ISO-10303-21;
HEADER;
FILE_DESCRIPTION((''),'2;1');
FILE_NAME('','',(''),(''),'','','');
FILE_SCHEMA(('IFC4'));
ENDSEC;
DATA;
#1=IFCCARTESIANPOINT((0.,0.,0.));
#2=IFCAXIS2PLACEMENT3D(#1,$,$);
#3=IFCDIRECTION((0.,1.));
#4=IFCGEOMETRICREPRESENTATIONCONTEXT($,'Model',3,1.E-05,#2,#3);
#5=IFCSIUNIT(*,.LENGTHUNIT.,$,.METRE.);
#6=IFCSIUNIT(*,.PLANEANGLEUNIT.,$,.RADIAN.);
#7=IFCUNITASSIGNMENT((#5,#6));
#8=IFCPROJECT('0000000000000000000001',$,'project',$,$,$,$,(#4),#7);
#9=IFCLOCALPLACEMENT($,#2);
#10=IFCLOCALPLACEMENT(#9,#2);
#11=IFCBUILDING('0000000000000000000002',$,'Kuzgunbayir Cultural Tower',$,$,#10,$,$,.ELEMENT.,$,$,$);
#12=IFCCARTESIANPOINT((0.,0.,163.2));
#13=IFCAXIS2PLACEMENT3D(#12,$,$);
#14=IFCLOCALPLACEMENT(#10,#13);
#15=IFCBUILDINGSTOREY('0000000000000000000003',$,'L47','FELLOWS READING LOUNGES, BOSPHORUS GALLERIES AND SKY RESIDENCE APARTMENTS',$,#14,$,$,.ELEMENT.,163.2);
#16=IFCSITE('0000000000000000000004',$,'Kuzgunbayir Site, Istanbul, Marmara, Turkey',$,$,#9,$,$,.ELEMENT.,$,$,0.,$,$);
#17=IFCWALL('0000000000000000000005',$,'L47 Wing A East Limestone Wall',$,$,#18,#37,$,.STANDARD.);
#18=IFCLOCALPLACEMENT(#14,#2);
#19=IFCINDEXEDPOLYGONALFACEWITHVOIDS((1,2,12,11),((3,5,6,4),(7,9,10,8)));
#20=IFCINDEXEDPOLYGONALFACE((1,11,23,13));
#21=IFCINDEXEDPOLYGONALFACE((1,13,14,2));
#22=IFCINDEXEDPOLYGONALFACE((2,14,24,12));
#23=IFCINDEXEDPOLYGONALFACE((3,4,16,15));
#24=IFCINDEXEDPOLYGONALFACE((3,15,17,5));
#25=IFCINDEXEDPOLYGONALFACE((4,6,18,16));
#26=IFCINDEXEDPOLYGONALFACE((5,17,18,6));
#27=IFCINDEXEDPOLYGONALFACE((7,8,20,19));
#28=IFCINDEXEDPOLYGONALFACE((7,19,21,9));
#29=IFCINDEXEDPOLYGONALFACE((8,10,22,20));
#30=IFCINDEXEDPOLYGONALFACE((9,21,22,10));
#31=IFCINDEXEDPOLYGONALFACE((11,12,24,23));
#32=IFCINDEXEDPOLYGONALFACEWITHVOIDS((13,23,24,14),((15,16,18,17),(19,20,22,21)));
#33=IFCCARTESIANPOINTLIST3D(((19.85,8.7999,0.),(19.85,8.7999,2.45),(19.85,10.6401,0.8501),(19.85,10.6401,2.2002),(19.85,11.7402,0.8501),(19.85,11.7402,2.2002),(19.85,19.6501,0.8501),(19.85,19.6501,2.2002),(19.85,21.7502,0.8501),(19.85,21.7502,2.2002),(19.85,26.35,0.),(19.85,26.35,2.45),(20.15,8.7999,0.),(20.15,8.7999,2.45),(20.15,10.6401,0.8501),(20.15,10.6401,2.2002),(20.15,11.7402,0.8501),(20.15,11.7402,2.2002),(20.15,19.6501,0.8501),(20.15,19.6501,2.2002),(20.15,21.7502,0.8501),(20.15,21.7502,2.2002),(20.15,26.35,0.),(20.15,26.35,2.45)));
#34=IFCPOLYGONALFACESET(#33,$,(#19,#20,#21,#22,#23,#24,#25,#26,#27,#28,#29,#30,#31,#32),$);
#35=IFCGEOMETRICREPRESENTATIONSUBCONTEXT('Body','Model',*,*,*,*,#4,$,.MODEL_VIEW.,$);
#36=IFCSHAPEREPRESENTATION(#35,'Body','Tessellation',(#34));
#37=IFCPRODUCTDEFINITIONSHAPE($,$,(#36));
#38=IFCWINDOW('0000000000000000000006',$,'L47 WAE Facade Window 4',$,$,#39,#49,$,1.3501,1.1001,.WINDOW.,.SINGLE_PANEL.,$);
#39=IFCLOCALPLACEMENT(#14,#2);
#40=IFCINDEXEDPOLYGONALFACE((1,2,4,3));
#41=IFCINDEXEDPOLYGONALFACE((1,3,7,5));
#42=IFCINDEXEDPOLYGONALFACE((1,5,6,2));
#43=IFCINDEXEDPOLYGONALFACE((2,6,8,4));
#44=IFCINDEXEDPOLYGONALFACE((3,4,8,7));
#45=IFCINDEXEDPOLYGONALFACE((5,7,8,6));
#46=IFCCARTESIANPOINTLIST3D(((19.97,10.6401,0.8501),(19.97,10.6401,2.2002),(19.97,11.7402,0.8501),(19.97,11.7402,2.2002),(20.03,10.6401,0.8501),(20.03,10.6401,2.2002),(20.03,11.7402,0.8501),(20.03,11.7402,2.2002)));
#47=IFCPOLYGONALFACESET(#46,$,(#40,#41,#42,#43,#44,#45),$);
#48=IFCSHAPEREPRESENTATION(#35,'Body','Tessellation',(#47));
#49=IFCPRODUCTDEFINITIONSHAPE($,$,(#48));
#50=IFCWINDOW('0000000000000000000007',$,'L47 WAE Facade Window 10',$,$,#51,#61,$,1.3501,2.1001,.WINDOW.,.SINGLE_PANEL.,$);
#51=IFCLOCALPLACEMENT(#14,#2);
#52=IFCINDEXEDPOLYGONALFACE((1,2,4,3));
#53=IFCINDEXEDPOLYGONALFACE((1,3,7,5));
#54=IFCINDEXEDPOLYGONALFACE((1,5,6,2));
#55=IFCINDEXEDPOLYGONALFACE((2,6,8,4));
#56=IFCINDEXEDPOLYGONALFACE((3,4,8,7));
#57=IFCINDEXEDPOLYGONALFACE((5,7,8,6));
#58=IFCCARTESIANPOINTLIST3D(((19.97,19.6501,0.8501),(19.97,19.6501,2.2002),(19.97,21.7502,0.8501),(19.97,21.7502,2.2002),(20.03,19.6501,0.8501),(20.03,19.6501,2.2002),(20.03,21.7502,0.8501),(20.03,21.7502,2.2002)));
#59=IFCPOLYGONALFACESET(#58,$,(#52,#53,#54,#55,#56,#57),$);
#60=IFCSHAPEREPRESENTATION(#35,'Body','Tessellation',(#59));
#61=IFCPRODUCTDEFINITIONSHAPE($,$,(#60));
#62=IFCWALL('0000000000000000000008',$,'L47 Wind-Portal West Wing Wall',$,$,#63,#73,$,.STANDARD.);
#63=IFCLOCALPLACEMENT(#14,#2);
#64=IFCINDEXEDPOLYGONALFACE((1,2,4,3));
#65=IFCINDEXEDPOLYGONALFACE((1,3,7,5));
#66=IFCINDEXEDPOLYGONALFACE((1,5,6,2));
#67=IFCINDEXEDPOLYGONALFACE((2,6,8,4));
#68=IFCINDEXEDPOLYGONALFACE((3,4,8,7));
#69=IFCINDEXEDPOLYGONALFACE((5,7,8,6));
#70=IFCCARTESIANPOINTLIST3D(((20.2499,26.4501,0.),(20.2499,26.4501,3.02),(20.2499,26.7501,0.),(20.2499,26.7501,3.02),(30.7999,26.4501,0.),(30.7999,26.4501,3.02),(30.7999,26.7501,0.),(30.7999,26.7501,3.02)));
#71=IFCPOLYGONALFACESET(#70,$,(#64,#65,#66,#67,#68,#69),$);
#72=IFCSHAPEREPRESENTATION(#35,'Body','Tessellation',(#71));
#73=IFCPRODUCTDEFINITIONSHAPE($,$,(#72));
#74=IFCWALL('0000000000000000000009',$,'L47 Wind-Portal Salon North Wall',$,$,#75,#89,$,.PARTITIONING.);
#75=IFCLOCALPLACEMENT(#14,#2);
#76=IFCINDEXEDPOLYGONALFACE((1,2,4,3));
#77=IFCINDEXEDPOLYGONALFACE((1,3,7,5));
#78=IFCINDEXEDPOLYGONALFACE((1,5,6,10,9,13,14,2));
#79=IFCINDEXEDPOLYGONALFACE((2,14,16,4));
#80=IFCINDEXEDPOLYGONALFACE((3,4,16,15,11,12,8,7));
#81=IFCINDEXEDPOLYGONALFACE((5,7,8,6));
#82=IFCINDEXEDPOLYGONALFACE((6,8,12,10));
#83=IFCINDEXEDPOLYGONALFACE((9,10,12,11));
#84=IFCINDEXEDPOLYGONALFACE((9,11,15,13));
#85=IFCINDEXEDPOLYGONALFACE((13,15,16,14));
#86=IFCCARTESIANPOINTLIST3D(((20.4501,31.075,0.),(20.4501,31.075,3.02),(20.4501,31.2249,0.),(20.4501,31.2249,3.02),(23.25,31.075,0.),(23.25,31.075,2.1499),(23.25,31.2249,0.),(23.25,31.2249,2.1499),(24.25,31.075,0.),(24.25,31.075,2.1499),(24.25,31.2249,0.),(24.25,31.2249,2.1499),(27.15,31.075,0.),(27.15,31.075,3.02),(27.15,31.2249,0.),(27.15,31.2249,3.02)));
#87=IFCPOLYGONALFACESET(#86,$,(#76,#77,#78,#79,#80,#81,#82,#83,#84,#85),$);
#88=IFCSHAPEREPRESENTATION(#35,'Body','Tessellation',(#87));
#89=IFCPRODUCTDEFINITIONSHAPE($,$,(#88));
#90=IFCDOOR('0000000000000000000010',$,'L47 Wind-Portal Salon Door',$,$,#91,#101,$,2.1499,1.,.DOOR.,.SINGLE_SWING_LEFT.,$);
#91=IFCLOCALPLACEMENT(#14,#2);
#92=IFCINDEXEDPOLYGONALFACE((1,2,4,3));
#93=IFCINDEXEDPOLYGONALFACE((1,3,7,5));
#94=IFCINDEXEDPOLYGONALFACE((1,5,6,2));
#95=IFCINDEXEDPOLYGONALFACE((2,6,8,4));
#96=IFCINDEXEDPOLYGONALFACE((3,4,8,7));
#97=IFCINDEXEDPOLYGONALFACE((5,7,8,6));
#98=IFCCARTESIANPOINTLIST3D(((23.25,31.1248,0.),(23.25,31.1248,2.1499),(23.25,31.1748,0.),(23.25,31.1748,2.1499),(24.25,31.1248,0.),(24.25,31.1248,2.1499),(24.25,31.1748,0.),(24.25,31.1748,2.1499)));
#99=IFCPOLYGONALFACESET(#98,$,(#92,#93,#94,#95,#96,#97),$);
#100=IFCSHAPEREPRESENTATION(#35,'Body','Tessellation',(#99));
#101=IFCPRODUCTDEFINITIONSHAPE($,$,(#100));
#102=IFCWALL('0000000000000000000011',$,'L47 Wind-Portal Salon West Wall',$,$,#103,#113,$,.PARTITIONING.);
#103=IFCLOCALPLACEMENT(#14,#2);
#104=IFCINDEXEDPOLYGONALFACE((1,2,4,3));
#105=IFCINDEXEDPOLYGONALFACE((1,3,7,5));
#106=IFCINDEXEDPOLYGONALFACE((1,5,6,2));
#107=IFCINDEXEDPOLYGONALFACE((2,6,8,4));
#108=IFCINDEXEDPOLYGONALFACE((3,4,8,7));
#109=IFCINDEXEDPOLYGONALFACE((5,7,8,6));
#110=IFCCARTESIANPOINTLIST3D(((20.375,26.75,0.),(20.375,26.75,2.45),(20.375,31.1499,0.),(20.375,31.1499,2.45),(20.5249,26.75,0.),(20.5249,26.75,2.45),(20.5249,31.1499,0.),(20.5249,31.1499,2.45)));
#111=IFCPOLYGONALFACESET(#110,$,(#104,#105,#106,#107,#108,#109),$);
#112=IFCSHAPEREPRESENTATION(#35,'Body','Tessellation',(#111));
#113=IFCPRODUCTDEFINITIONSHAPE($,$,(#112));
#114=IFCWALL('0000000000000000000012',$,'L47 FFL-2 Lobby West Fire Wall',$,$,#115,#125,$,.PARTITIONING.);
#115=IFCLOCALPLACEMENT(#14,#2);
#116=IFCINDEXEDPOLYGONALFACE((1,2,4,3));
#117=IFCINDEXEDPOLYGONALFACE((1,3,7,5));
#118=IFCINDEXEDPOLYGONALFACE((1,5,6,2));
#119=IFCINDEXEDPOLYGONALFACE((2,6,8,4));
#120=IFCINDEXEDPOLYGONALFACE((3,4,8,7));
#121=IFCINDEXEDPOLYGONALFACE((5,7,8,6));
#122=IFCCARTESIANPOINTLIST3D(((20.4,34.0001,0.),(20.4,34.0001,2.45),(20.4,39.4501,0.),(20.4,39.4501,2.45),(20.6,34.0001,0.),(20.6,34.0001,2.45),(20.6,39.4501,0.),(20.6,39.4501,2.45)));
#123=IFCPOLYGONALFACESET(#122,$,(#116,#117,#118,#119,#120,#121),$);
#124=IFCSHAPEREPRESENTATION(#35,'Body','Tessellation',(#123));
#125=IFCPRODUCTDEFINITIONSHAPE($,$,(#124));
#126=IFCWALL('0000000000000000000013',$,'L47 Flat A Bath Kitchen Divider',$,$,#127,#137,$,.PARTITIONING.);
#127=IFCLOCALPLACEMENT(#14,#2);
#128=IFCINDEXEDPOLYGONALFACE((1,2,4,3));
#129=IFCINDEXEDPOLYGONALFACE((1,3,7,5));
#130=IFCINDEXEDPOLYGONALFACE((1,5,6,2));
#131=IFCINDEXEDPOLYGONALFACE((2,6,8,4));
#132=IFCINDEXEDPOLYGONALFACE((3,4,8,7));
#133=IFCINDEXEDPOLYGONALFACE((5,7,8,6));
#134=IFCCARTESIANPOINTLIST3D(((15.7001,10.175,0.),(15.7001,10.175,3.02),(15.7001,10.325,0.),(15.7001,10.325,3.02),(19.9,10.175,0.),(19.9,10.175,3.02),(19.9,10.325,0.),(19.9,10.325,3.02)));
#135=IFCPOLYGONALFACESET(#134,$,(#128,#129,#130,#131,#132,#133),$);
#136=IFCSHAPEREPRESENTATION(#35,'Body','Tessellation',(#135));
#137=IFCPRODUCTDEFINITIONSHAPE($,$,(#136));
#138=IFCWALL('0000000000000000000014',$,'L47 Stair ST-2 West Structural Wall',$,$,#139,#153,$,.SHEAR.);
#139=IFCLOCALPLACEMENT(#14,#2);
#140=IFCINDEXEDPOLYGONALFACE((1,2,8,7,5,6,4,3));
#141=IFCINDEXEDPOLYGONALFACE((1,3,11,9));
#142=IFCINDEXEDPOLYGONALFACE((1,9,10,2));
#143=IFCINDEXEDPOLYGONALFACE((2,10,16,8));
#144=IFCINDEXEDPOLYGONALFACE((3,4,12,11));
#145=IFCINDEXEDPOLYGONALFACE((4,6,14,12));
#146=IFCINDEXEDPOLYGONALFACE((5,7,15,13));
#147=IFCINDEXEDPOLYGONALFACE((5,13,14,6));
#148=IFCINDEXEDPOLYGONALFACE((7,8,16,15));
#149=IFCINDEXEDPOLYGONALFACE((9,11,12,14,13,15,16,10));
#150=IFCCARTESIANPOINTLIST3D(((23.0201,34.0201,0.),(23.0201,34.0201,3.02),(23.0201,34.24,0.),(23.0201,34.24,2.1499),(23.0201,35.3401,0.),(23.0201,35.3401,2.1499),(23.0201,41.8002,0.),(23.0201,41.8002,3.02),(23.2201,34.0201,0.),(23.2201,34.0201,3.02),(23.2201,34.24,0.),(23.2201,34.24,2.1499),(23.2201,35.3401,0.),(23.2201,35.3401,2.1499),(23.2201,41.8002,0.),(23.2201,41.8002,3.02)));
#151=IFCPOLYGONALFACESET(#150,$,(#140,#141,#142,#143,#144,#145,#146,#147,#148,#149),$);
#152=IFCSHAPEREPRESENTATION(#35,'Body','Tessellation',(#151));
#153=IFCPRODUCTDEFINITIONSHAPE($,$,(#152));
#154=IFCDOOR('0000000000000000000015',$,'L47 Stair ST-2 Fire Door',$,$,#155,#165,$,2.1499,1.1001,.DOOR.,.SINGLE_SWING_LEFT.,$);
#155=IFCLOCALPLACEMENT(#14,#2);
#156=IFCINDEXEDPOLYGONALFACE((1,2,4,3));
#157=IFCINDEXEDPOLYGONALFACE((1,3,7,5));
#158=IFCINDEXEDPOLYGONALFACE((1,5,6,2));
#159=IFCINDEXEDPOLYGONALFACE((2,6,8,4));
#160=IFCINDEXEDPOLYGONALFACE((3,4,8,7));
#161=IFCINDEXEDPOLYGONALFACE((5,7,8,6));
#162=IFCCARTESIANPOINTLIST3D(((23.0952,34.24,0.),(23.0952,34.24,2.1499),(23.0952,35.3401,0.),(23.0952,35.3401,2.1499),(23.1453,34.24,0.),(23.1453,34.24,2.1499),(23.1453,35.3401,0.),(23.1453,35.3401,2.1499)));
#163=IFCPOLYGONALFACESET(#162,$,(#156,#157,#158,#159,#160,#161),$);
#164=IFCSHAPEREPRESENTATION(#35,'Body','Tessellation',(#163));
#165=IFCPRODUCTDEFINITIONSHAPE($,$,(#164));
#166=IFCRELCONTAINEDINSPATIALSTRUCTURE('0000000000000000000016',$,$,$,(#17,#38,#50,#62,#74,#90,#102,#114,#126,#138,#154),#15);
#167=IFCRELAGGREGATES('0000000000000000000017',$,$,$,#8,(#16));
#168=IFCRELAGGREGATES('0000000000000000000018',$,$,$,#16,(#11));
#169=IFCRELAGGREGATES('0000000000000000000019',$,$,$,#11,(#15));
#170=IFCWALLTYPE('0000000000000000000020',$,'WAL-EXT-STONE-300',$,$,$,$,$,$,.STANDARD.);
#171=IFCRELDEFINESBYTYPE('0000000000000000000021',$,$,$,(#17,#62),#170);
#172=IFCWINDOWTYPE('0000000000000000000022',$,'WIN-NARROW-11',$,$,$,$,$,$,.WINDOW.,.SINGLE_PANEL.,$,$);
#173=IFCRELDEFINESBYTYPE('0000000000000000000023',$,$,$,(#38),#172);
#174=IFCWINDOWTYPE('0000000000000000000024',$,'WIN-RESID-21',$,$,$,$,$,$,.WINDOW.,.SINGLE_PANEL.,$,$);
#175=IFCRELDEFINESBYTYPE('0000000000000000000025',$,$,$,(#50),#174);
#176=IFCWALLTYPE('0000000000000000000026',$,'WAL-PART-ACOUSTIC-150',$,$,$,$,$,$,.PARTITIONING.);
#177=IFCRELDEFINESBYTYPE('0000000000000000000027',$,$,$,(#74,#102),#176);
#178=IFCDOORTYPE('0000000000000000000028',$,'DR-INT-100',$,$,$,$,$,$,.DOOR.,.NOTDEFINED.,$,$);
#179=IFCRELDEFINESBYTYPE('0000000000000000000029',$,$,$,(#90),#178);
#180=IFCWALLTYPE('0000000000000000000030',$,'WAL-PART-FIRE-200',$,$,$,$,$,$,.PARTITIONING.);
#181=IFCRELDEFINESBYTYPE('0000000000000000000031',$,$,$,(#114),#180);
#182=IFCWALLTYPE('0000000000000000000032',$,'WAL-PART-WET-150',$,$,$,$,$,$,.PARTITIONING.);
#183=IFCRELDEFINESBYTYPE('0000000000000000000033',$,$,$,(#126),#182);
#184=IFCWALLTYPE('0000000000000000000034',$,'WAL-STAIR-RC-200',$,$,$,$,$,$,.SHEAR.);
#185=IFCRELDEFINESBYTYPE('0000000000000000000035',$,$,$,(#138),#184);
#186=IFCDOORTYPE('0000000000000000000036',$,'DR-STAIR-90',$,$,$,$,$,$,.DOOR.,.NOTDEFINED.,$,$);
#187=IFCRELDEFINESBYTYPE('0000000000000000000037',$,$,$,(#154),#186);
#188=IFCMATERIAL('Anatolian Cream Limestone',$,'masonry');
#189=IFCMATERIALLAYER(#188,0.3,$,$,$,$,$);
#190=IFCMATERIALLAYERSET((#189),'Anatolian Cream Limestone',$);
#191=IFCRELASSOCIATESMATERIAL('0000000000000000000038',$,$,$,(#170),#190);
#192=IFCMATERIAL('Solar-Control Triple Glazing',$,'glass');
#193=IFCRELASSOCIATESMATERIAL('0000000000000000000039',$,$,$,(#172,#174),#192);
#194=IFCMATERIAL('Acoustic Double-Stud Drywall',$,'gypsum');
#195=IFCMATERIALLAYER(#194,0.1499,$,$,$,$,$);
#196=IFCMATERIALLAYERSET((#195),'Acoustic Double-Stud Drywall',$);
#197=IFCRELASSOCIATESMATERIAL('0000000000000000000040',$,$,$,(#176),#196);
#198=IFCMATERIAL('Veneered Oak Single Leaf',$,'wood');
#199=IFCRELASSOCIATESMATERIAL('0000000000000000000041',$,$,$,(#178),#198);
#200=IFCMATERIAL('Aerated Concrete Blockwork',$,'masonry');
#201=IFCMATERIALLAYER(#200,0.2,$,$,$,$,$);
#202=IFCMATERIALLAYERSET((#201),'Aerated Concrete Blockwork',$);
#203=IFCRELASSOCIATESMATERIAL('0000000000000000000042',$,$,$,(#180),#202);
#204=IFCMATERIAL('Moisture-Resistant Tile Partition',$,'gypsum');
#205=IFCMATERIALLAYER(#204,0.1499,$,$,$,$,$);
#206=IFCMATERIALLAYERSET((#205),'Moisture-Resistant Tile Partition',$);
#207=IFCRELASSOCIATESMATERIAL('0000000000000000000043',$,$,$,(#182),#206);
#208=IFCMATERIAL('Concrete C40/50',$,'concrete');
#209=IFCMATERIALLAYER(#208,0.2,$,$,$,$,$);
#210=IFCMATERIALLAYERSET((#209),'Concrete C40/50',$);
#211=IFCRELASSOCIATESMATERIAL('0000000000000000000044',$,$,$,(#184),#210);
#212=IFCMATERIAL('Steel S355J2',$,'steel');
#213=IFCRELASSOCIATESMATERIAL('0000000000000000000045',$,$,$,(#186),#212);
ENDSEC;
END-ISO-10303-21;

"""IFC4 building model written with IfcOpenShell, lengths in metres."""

from ifc_helpers import new_model, si_unit, direction, frame, frame_2d, origin, place, context, subcontext, project, spatial, rectangle, extrude, material, layer, layer_set, type_object, element, fill, save


model = new_model("IFC4")

# Units and contexts
model_context = context("Model", 3, precision=1e-05, world=origin(), true_north=direction((0.0, 1.0)))
body_context = subcontext(model_context, "Body", "Model", "MODEL_VIEW")
ifc_project = project(units=[si_unit("LENGTHUNIT", "METRE"), si_unit("PLANEANGLEUNIT", "RADIAN")], contexts=[model_context])

# Site, building, storey
site_placement = place(None, origin())
site = spatial("IfcSite", under=ifc_project, at=site_placement, Name="Kuzgunbayir Site, Istanbul, Marmara, Turkey", CompositionType="ELEMENT", RefElevation=0.0)
building_placement = place(site_placement, origin())
building = spatial("IfcBuilding", under=site, at=building_placement, Name="Kuzgunbayir Cultural Tower", CompositionType="ELEMENT")
storey_placement = place(building_placement, frame((0.0, 0.0, 163.2)))
storey = spatial("IfcBuildingStorey", under=building, at=storey_placement, Name="L47", Description="FELLOWS READING LOUNGES, BOSPHORUS GALLERIES AND SKY RESIDENCE APARTMENTS", CompositionType="ELEMENT", Elevation=163.2)

# Shared definitions
ifc_material_1 = material(Name="Steel S355J2", Category="steel")

# Wall, openings, windows
ifc_material_2 = material(Name="Anatolian Cream Limestone", Category="masonry")
ifc_layer_1 = layer(ifc_material_2, 0.3)
ifc_layer_set_1 = layer_set([ifc_layer_1], Name="Anatolian Cream Limestone")
wall_type_1 = type_object("IfcWallType", Name="WAL-EXT-STONE-300", PredefinedType="STANDARD", material=ifc_layer_set_1)
wall_1_placement = place(storey_placement, frame((20.0, 8.8, 0.0), z_axis=(0.0, 0.0, 1.0), x_axis=(0.0, 1.0, 0.0)))
wall_1 = element("IfcWall", 1, at=wall_1_placement, inside=storey, type_object=wall_type_1, Name="L47 Wing A East Limestone Wall", PredefinedType="STANDARD", context=body_context, shape_type="SweptSolid", body=[
    extrude(rectangle(XDim=17.55, YDim=0.3, at=frame_2d((8.7749, 0.0))), origin(), (0.0, 0.0, 1.0), 2.45),
])
opening_1_placement = place(wall_1_placement, frame((1.8401, 0.0, 0.8501)))
opening_1 = element("IfcOpeningElement", 2, at=opening_1_placement, cuts=wall_1, PredefinedType="OPENING", context=body_context, shape_type="SweptSolid", body=[
    extrude(rectangle(XDim=1.1001, YDim=1.3501, at=frame_2d((0.55, 0.675))), frame((0.0, 0.1602, 0.0), z_axis=(0.0, -1.0, 0.0), x_axis=(1.0, 0.0, 0.0)), (0.0, 0.0, 1.0), 0.3201),
])
opening_2_placement = place(wall_1_placement, frame((10.8501, 0.0, 0.8501)))
opening_2 = element("IfcOpeningElement", 3, at=opening_2_placement, cuts=wall_1, PredefinedType="OPENING", context=body_context, shape_type="SweptSolid", body=[
    extrude(rectangle(XDim=2.1001, YDim=1.3501, at=frame_2d((1.05, 0.675))), frame((0.0, 0.1602, 0.0), z_axis=(0.0, -1.0, 0.0), x_axis=(1.0, 0.0, 0.0)), (0.0, 0.0, 1.0), 0.3201),
])
ifc_material_3 = material(Name="Solar-Control Triple Glazing", Category="glass")
window_type_1 = type_object("IfcWindowType", Name="WIN-NARROW-11", PartitioningType="SINGLE_PANEL", PredefinedType="WINDOW", material=ifc_material_3)
window_1_placement = place(opening_1_placement, origin())
window_1 = element("IfcWindow", 4, at=window_1_placement, inside=storey, type_object=window_type_1, Name="L47 WAE Facade Window 4", OverallHeight=1.3501, OverallWidth=1.1001, PartitioningType="SINGLE_PANEL", PredefinedType="WINDOW", context=body_context, shape_type="SweptSolid", body=[
    extrude(rectangle(XDim=1.1001, YDim=1.3501, at=frame_2d((0.55, 0.675))), frame((0.0, 0.03, 0.0), z_axis=(0.0, -1.0, 0.0), x_axis=(1.0, 0.0, 0.0)), (0.0, 0.0, 1.0), 0.0601),
])
fill(opening_1, window_1)
window_type_2 = type_object("IfcWindowType", Name="WIN-RESID-21", PartitioningType="SINGLE_PANEL", PredefinedType="WINDOW", material=ifc_material_3)
window_2_placement = place(opening_2_placement, origin())
window_2 = element("IfcWindow", 5, at=window_2_placement, inside=storey, type_object=window_type_2, Name="L47 WAE Facade Window 10", OverallHeight=1.3501, OverallWidth=2.1001, PartitioningType="SINGLE_PANEL", PredefinedType="WINDOW", context=body_context, shape_type="SweptSolid", body=[
    extrude(rectangle(XDim=2.1001, YDim=1.3501, at=frame_2d((1.05, 0.675))), frame((0.0, 0.03, 0.0), z_axis=(0.0, -1.0, 0.0), x_axis=(1.0, 0.0, 0.0)), (0.0, 0.0, 1.0), 0.0601),
])
fill(opening_2, window_2)

# Wall
wall_2_placement = place(storey_placement, frame((20.25, 26.6001, 0.0), z_axis=(0.0, 0.0, 1.0), x_axis=(1.0, 0.0, 0.0)))
element("IfcWall", 6, at=wall_2_placement, inside=storey, type_object=wall_type_1, Name="L47 Wind-Portal West Wing Wall", PredefinedType="STANDARD", context=body_context, shape_type="SweptSolid", body=[
    extrude(rectangle(XDim=10.55, YDim=0.3, at=frame_2d((5.2749, 0.0))), origin(), (0.0, 0.0, 1.0), 3.02),
])

# Wall, opening, door
ifc_material_4 = material(Name="Acoustic Double-Stud Drywall", Category="gypsum")
ifc_layer_2 = layer(ifc_material_4, 0.1499)
ifc_layer_set_2 = layer_set([ifc_layer_2], Name="Acoustic Double-Stud Drywall")
wall_type_2 = type_object("IfcWallType", Name="WAL-PART-ACOUSTIC-150", PredefinedType="PARTITIONING", material=ifc_layer_set_2)
wall_3_placement = place(storey_placement, frame((20.45, 31.1499, 0.0), z_axis=(0.0, 0.0, 1.0), x_axis=(1.0, 0.0, 0.0)))
wall_3 = element("IfcWall", 7, at=wall_3_placement, inside=storey, type_object=wall_type_2, Name="L47 Wind-Portal Salon North Wall", PredefinedType="PARTITIONING", context=body_context, shape_type="SweptSolid", body=[
    extrude(rectangle(XDim=6.7, YDim=0.1499, at=frame_2d((3.3501, 0.0))), origin(), (0.0, 0.0, 1.0), 3.02),
])
opening_3_placement = place(wall_3_placement, frame((2.8, 0.0, 0.0)))
opening_3 = element("IfcOpeningElement", 8, at=opening_3_placement, cuts=wall_3, PredefinedType="OPENING", context=body_context, shape_type="SweptSolid", body=[
    extrude(rectangle(XDim=1.0, YDim=2.1499, at=frame_2d((0.5, 1.075))), frame((0.0, 0.085, 0.0), z_axis=(0.0, -1.0, 0.0), x_axis=(1.0, 0.0, 0.0)), (0.0, 0.0, 1.0), 0.1699),
])
ifc_material_5 = material(Name="Veneered Oak Single Leaf", Category="wood")
door_type_1 = type_object("IfcDoorType", Name="DR-INT-100", OperationType="NOTDEFINED", PredefinedType="DOOR", material=ifc_material_5)
door_1_placement = place(opening_3_placement, origin())
door_1 = element("IfcDoor", 9, at=door_1_placement, inside=storey, type_object=door_type_1, Name="L47 Wind-Portal Salon Door", OperationType="SINGLE_SWING_LEFT", OverallHeight=2.1499, OverallWidth=1.0, PredefinedType="DOOR", context=body_context, shape_type="SweptSolid", body=[
    extrude(rectangle(XDim=1.0, YDim=2.1499, at=frame_2d((0.5, 1.075))), frame((0.0, 0.0249, 0.0), z_axis=(0.0, -1.0, 0.0), x_axis=(1.0, 0.0, 0.0)), (0.0, 0.0, 1.0), 0.05),
])
fill(opening_3, door_1)

# Walls
wall_4_placement = place(storey_placement, frame((20.45, 26.75, 0.0), z_axis=(0.0, 0.0, 1.0), x_axis=(0.0, 1.0, 0.0)))
element("IfcWall", 10, at=wall_4_placement, inside=storey, type_object=wall_type_2, Name="L47 Wind-Portal Salon West Wall", PredefinedType="PARTITIONING", context=body_context, shape_type="SweptSolid", body=[
    extrude(rectangle(XDim=4.3999, YDim=0.1499, at=frame_2d((2.2, 0.0))), origin(), (0.0, 0.0, 1.0), 2.45),
])
ifc_material_6 = material(Name="Aerated Concrete Blockwork", Category="masonry")
ifc_layer_3 = layer(ifc_material_6, 0.2)
ifc_layer_set_3 = layer_set([ifc_layer_3], Name="Aerated Concrete Blockwork")
wall_type_3 = type_object("IfcWallType", Name="WAL-PART-FIRE-200", PredefinedType="PARTITIONING", material=ifc_layer_set_3)
wall_5_placement = place(storey_placement, frame((20.5, 34.0, 0.0), z_axis=(0.0, 0.0, 1.0), x_axis=(0.0, 1.0, 0.0)))
element("IfcWall", 11, at=wall_5_placement, inside=storey, type_object=wall_type_3, Name="L47 FFL-2 Lobby West Fire Wall", PredefinedType="PARTITIONING", context=body_context, shape_type="SweptSolid", body=[
    extrude(rectangle(XDim=5.45, YDim=0.2, at=frame_2d((2.7251, 0.0))), origin(), (0.0, 0.0, 1.0), 2.45),
])

# Shared definitions
ifc_material_7 = material(Name="Moisture-Resistant Tile Partition", Category="gypsum")
ifc_layer_4 = layer(ifc_material_7, 0.1499)
ifc_layer_set_4 = layer_set([ifc_layer_4], Name="Moisture-Resistant Tile Partition")
wall_type_4 = type_object("IfcWallType", Name="WAL-PART-WET-150", PredefinedType="PARTITIONING", material=ifc_layer_set_4)

# Wall
wall_6_placement = place(storey_placement, frame((15.7, 10.25, 0.0), z_axis=(0.0, 0.0, 1.0), x_axis=(1.0, 0.0, 0.0)))
element("IfcWall", 12, at=wall_6_placement, inside=storey, type_object=wall_type_4, Name="L47 Flat A Bath Kitchen Divider", PredefinedType="PARTITIONING", context=body_context, shape_type="SweptSolid", body=[
    extrude(rectangle(XDim=4.2, YDim=0.1499, at=frame_2d((2.1001, 0.0))), origin(), (0.0, 0.0, 1.0), 3.02),
])

# Wall, opening, door
ifc_material_8 = material(Name="Concrete C40/50", Category="concrete")
ifc_layer_5 = layer(ifc_material_8, 0.2)
ifc_layer_set_5 = layer_set([ifc_layer_5], Name="Concrete C40/50")
wall_type_5 = type_object("IfcWallType", Name="WAL-STAIR-RC-200", PredefinedType="SHEAR", material=ifc_layer_set_5)
wall_7_placement = place(storey_placement, frame((23.1201, 34.02, 0.0), z_axis=(0.0, 0.0, 1.0), x_axis=(0.0, 1.0, 0.0)))
wall_7 = element("IfcWall", 13, at=wall_7_placement, inside=storey, type_object=wall_type_5, Name="L47 Stair ST-2 West Structural Wall", PredefinedType="SHEAR", context=body_context, shape_type="SweptSolid", body=[
    extrude(rectangle(XDim=7.78, YDim=0.2, at=frame_2d((3.8901, 0.0))), origin(), (0.0, 0.0, 1.0), 3.02),
])
opening_4_placement = place(wall_7_placement, frame((0.22, 0.0, 0.0)))
opening_4 = element("IfcOpeningElement", 14, at=opening_4_placement, cuts=wall_7, PredefinedType="OPENING", context=body_context, shape_type="SweptSolid", body=[
    extrude(rectangle(XDim=1.1001, YDim=2.1499, at=frame_2d((0.55, 1.075))), frame((0.0, 0.1099, 0.0), z_axis=(0.0, -1.0, 0.0), x_axis=(1.0, 0.0, 0.0)), (0.0, 0.0, 1.0), 0.22),
])
door_type_2 = type_object("IfcDoorType", Name="DR-STAIR-90", OperationType="NOTDEFINED", PredefinedType="DOOR", material=ifc_material_1)
door_2_placement = place(opening_4_placement, origin())
door_2 = element("IfcDoor", 15, at=door_2_placement, inside=storey, type_object=door_type_2, Name="L47 Stair ST-2 Fire Door", OperationType="SINGLE_SWING_LEFT", OverallHeight=2.1499, OverallWidth=1.1001, PredefinedType="DOOR", context=body_context, shape_type="SweptSolid", body=[
    extrude(rectangle(XDim=1.1001, YDim=2.1499, at=frame_2d((0.55, 1.075))), frame((0.0, 0.0249, 0.0), z_axis=(0.0, -1.0, 0.0), x_axis=(1.0, 0.0, 0.0)), (0.0, 0.0, 1.0), 0.05),
])
fill(opening_4, door_2)

save(model, "model.ifc")
